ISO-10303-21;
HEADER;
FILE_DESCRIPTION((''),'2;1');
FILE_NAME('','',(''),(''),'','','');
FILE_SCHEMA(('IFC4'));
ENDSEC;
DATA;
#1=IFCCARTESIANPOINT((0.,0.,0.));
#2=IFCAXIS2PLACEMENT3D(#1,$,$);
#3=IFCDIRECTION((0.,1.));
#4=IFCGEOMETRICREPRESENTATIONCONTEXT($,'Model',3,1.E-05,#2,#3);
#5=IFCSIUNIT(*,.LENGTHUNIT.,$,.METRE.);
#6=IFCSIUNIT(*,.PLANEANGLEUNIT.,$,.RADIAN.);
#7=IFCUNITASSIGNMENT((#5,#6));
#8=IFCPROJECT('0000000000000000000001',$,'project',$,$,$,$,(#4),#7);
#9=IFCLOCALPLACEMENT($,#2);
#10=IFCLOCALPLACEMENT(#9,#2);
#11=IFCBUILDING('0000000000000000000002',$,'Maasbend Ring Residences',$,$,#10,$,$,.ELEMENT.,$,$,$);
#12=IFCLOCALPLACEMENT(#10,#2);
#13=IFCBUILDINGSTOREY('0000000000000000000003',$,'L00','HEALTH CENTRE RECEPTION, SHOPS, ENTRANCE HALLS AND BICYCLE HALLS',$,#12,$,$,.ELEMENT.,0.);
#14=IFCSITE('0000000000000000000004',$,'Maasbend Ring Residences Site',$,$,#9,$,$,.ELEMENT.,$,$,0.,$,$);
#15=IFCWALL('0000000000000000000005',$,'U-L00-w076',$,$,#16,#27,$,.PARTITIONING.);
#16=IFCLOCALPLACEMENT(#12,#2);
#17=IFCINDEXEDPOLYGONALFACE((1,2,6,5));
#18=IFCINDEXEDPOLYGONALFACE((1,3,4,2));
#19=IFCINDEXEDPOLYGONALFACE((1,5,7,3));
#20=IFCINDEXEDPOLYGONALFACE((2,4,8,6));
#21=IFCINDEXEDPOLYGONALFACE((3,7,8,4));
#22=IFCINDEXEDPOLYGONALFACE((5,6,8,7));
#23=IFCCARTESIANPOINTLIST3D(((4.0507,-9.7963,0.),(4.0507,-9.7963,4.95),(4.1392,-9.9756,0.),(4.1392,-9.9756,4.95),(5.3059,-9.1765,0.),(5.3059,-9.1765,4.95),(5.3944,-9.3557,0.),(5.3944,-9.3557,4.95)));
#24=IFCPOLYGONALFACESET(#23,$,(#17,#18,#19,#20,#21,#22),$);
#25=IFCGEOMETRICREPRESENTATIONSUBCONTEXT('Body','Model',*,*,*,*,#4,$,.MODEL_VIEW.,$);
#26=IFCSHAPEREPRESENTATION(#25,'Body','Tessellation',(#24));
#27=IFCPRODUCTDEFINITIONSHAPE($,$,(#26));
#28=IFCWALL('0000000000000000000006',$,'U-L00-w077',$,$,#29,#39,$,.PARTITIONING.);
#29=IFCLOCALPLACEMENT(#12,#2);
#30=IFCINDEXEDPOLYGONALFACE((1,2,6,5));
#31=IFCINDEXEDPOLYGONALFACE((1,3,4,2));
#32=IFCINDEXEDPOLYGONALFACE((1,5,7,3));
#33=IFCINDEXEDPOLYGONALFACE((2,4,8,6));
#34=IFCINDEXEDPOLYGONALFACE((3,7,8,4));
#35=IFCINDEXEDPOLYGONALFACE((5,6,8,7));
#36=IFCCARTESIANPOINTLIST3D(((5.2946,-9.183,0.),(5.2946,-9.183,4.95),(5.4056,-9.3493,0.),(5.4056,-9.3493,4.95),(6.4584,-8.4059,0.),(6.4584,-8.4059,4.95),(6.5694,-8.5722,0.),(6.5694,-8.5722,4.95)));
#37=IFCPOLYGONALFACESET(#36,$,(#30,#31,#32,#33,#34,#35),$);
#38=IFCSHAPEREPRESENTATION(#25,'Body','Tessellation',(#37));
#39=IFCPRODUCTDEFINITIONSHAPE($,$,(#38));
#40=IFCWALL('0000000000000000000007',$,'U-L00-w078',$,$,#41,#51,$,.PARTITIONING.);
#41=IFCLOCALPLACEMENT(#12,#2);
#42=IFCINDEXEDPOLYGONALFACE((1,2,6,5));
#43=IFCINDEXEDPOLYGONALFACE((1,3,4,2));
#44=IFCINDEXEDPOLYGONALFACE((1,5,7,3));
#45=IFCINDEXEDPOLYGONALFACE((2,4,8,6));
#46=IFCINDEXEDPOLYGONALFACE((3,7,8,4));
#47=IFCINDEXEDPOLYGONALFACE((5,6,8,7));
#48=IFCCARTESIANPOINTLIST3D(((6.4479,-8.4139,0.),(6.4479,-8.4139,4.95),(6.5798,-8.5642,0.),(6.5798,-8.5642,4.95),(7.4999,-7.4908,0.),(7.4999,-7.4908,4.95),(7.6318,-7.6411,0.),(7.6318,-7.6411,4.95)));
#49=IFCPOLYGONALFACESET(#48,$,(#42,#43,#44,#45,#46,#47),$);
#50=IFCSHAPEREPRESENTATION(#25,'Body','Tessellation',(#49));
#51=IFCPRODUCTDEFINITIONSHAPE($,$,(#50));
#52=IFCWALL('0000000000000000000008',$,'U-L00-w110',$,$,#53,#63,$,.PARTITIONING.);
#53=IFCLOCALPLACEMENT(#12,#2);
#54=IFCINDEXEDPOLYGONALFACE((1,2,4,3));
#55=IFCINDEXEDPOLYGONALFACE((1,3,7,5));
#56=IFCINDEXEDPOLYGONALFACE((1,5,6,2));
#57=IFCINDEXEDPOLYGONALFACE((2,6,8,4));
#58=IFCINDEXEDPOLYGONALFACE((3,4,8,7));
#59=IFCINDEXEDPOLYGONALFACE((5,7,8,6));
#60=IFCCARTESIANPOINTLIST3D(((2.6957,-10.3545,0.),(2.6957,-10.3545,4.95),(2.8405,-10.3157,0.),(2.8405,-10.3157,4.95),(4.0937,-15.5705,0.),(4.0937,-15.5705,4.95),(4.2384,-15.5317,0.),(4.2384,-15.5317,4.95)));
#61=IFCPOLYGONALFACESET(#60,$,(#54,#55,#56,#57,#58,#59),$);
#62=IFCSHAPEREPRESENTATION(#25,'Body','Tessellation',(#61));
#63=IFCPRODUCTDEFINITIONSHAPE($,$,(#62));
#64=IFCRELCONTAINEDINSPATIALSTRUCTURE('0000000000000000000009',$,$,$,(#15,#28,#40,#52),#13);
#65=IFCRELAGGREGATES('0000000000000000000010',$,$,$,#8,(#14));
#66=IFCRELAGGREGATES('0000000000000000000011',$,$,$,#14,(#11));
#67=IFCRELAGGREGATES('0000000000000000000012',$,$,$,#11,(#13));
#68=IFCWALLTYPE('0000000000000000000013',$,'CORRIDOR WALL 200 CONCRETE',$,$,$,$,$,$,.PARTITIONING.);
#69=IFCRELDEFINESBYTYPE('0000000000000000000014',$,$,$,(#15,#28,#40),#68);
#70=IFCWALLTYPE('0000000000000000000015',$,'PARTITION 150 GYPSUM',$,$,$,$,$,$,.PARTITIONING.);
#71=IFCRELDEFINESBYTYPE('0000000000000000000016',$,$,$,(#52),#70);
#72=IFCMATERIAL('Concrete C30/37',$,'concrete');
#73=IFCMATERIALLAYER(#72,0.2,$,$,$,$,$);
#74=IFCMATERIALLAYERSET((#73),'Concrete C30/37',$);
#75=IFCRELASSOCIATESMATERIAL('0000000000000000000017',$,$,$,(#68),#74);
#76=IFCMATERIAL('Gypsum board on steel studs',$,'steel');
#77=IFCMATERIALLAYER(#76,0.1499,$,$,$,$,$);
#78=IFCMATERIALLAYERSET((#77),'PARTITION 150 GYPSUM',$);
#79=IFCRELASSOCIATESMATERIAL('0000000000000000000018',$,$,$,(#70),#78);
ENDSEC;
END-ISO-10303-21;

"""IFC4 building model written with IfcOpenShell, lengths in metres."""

from ifc_helpers import new_model, si_unit, direction, frame, frame_2d, origin, place, context, subcontext, project, spatial, rectangle, extrude, material, layer, layer_set, type_object, element, save


model = new_model("IFC4")

# Units and contexts
model_context = context("Model", 3, precision=1e-05, world=origin(), true_north=direction((0.0, 1.0)))
body_context = subcontext(model_context, "Body", "Model", "MODEL_VIEW")
ifc_project = project(units=[si_unit("LENGTHUNIT", "METRE"), si_unit("PLANEANGLEUNIT", "RADIAN")], contexts=[model_context])

# Site, building, storey
site_placement = place(None, origin())
site = spatial("IfcSite", under=ifc_project, at=site_placement, Name="Maasbend Ring Residences Site", CompositionType="ELEMENT", RefElevation=0.0)
building_placement = place(site_placement, origin())
building = spatial("IfcBuilding", under=site, at=building_placement, Name="Maasbend Ring Residences", CompositionType="ELEMENT")
storey_placement = place(building_placement, origin())
storey = spatial("IfcBuildingStorey", under=building, at=storey_placement, Name="L00", Description="HEALTH CENTRE RECEPTION, SHOPS, ENTRANCE HALLS AND BICYCLE HALLS", CompositionType="ELEMENT", Elevation=0.0)

# Shared definitions
ifc_material_1 = material(Name="Concrete C30/37", Category="concrete")
ifc_layer_1 = layer(ifc_material_1, 0.2)
ifc_layer_set_1 = layer_set([ifc_layer_1], Name="Concrete C30/37")
wall_type_1 = type_object("IfcWallType", Name="CORRIDOR WALL 200 CONCRETE", PredefinedType="PARTITIONING", material=ifc_layer_set_1)

# Walls
wall_1_placement = place(storey_placement, frame((4.095, -9.886, 0.0), z_axis=(0.0, 0.0, 1.0), x_axis=(0.896614, 0.442813, 0.0)))
element("IfcWall", 1, at=wall_1_placement, inside=storey, type_object=wall_type_1, Name="U-L00-w076", PredefinedType="PARTITIONING", context=body_context, shape_type="SweptSolid", body=[
    extrude(rectangle(XDim=1.3999, YDim=0.2, at=frame_2d((0.7, 0.0))), origin(), (0.0, 0.0, 1.0), 4.95),
])
wall_2_placement = place(storey_placement, frame((5.3501, -9.2661, 0.0), z_axis=(0.0, 0.0, 1.0), x_axis=(0.831647, 0.555304, 0.0)))
element("IfcWall", 2, at=wall_2_placement, inside=storey, type_object=wall_type_1, Name="U-L00-w077", PredefinedType="PARTITIONING", context=body_context, shape_type="SweptSolid", body=[
    extrude(rectangle(XDim=1.3994, YDim=0.2, at=frame_2d((0.6997, 0.0))), origin(), (0.0, 0.0, 1.0), 4.95),
])
wall_3_placement = place(storey_placement, frame((6.5139, -8.489, 0.0), z_axis=(0.0, 0.0, 1.0), x_axis=(0.751657, 0.659554, 0.0)))
element("IfcWall", 3, at=wall_3_placement, inside=storey, type_object=wall_type_1, Name="U-L00-w078", PredefinedType="PARTITIONING", context=body_context, shape_type="SweptSolid", body=[
    extrude(rectangle(XDim=1.3997, YDim=0.2, at=frame_2d((0.6997, 0.0))), origin(), (0.0, 0.0, 1.0), 4.95),
])
ifc_material_2 = material(Name="Gypsum board on steel studs", Category="steel")
ifc_layer_2 = layer(ifc_material_2, 0.1499)
ifc_layer_set_2 = layer_set([ifc_layer_2], Name="PARTITION 150 GYPSUM")
wall_type_2 = type_object("IfcWallType", Name="PARTITION 150 GYPSUM", PredefinedType="PARTITIONING", material=ifc_layer_set_2)
wall_4_placement = place(storey_placement, frame((2.7681, -10.335, 0.0), z_axis=(0.0, 0.0, 1.0), x_axis=(0.258872, -0.965912, 0.0)))
element("IfcWall", 4, at=wall_4_placement, inside=storey, type_object=wall_type_2, Name="U-L00-w110", PredefinedType="PARTITIONING", context=body_context, shape_type="SweptSolid", body=[
    extrude(rectangle(XDim=5.4001, YDim=0.1499, at=frame_2d((2.7002, 0.0))), origin(), (0.0, 0.0, 1.0), 4.95),
])

save(model, "model.ifc")
